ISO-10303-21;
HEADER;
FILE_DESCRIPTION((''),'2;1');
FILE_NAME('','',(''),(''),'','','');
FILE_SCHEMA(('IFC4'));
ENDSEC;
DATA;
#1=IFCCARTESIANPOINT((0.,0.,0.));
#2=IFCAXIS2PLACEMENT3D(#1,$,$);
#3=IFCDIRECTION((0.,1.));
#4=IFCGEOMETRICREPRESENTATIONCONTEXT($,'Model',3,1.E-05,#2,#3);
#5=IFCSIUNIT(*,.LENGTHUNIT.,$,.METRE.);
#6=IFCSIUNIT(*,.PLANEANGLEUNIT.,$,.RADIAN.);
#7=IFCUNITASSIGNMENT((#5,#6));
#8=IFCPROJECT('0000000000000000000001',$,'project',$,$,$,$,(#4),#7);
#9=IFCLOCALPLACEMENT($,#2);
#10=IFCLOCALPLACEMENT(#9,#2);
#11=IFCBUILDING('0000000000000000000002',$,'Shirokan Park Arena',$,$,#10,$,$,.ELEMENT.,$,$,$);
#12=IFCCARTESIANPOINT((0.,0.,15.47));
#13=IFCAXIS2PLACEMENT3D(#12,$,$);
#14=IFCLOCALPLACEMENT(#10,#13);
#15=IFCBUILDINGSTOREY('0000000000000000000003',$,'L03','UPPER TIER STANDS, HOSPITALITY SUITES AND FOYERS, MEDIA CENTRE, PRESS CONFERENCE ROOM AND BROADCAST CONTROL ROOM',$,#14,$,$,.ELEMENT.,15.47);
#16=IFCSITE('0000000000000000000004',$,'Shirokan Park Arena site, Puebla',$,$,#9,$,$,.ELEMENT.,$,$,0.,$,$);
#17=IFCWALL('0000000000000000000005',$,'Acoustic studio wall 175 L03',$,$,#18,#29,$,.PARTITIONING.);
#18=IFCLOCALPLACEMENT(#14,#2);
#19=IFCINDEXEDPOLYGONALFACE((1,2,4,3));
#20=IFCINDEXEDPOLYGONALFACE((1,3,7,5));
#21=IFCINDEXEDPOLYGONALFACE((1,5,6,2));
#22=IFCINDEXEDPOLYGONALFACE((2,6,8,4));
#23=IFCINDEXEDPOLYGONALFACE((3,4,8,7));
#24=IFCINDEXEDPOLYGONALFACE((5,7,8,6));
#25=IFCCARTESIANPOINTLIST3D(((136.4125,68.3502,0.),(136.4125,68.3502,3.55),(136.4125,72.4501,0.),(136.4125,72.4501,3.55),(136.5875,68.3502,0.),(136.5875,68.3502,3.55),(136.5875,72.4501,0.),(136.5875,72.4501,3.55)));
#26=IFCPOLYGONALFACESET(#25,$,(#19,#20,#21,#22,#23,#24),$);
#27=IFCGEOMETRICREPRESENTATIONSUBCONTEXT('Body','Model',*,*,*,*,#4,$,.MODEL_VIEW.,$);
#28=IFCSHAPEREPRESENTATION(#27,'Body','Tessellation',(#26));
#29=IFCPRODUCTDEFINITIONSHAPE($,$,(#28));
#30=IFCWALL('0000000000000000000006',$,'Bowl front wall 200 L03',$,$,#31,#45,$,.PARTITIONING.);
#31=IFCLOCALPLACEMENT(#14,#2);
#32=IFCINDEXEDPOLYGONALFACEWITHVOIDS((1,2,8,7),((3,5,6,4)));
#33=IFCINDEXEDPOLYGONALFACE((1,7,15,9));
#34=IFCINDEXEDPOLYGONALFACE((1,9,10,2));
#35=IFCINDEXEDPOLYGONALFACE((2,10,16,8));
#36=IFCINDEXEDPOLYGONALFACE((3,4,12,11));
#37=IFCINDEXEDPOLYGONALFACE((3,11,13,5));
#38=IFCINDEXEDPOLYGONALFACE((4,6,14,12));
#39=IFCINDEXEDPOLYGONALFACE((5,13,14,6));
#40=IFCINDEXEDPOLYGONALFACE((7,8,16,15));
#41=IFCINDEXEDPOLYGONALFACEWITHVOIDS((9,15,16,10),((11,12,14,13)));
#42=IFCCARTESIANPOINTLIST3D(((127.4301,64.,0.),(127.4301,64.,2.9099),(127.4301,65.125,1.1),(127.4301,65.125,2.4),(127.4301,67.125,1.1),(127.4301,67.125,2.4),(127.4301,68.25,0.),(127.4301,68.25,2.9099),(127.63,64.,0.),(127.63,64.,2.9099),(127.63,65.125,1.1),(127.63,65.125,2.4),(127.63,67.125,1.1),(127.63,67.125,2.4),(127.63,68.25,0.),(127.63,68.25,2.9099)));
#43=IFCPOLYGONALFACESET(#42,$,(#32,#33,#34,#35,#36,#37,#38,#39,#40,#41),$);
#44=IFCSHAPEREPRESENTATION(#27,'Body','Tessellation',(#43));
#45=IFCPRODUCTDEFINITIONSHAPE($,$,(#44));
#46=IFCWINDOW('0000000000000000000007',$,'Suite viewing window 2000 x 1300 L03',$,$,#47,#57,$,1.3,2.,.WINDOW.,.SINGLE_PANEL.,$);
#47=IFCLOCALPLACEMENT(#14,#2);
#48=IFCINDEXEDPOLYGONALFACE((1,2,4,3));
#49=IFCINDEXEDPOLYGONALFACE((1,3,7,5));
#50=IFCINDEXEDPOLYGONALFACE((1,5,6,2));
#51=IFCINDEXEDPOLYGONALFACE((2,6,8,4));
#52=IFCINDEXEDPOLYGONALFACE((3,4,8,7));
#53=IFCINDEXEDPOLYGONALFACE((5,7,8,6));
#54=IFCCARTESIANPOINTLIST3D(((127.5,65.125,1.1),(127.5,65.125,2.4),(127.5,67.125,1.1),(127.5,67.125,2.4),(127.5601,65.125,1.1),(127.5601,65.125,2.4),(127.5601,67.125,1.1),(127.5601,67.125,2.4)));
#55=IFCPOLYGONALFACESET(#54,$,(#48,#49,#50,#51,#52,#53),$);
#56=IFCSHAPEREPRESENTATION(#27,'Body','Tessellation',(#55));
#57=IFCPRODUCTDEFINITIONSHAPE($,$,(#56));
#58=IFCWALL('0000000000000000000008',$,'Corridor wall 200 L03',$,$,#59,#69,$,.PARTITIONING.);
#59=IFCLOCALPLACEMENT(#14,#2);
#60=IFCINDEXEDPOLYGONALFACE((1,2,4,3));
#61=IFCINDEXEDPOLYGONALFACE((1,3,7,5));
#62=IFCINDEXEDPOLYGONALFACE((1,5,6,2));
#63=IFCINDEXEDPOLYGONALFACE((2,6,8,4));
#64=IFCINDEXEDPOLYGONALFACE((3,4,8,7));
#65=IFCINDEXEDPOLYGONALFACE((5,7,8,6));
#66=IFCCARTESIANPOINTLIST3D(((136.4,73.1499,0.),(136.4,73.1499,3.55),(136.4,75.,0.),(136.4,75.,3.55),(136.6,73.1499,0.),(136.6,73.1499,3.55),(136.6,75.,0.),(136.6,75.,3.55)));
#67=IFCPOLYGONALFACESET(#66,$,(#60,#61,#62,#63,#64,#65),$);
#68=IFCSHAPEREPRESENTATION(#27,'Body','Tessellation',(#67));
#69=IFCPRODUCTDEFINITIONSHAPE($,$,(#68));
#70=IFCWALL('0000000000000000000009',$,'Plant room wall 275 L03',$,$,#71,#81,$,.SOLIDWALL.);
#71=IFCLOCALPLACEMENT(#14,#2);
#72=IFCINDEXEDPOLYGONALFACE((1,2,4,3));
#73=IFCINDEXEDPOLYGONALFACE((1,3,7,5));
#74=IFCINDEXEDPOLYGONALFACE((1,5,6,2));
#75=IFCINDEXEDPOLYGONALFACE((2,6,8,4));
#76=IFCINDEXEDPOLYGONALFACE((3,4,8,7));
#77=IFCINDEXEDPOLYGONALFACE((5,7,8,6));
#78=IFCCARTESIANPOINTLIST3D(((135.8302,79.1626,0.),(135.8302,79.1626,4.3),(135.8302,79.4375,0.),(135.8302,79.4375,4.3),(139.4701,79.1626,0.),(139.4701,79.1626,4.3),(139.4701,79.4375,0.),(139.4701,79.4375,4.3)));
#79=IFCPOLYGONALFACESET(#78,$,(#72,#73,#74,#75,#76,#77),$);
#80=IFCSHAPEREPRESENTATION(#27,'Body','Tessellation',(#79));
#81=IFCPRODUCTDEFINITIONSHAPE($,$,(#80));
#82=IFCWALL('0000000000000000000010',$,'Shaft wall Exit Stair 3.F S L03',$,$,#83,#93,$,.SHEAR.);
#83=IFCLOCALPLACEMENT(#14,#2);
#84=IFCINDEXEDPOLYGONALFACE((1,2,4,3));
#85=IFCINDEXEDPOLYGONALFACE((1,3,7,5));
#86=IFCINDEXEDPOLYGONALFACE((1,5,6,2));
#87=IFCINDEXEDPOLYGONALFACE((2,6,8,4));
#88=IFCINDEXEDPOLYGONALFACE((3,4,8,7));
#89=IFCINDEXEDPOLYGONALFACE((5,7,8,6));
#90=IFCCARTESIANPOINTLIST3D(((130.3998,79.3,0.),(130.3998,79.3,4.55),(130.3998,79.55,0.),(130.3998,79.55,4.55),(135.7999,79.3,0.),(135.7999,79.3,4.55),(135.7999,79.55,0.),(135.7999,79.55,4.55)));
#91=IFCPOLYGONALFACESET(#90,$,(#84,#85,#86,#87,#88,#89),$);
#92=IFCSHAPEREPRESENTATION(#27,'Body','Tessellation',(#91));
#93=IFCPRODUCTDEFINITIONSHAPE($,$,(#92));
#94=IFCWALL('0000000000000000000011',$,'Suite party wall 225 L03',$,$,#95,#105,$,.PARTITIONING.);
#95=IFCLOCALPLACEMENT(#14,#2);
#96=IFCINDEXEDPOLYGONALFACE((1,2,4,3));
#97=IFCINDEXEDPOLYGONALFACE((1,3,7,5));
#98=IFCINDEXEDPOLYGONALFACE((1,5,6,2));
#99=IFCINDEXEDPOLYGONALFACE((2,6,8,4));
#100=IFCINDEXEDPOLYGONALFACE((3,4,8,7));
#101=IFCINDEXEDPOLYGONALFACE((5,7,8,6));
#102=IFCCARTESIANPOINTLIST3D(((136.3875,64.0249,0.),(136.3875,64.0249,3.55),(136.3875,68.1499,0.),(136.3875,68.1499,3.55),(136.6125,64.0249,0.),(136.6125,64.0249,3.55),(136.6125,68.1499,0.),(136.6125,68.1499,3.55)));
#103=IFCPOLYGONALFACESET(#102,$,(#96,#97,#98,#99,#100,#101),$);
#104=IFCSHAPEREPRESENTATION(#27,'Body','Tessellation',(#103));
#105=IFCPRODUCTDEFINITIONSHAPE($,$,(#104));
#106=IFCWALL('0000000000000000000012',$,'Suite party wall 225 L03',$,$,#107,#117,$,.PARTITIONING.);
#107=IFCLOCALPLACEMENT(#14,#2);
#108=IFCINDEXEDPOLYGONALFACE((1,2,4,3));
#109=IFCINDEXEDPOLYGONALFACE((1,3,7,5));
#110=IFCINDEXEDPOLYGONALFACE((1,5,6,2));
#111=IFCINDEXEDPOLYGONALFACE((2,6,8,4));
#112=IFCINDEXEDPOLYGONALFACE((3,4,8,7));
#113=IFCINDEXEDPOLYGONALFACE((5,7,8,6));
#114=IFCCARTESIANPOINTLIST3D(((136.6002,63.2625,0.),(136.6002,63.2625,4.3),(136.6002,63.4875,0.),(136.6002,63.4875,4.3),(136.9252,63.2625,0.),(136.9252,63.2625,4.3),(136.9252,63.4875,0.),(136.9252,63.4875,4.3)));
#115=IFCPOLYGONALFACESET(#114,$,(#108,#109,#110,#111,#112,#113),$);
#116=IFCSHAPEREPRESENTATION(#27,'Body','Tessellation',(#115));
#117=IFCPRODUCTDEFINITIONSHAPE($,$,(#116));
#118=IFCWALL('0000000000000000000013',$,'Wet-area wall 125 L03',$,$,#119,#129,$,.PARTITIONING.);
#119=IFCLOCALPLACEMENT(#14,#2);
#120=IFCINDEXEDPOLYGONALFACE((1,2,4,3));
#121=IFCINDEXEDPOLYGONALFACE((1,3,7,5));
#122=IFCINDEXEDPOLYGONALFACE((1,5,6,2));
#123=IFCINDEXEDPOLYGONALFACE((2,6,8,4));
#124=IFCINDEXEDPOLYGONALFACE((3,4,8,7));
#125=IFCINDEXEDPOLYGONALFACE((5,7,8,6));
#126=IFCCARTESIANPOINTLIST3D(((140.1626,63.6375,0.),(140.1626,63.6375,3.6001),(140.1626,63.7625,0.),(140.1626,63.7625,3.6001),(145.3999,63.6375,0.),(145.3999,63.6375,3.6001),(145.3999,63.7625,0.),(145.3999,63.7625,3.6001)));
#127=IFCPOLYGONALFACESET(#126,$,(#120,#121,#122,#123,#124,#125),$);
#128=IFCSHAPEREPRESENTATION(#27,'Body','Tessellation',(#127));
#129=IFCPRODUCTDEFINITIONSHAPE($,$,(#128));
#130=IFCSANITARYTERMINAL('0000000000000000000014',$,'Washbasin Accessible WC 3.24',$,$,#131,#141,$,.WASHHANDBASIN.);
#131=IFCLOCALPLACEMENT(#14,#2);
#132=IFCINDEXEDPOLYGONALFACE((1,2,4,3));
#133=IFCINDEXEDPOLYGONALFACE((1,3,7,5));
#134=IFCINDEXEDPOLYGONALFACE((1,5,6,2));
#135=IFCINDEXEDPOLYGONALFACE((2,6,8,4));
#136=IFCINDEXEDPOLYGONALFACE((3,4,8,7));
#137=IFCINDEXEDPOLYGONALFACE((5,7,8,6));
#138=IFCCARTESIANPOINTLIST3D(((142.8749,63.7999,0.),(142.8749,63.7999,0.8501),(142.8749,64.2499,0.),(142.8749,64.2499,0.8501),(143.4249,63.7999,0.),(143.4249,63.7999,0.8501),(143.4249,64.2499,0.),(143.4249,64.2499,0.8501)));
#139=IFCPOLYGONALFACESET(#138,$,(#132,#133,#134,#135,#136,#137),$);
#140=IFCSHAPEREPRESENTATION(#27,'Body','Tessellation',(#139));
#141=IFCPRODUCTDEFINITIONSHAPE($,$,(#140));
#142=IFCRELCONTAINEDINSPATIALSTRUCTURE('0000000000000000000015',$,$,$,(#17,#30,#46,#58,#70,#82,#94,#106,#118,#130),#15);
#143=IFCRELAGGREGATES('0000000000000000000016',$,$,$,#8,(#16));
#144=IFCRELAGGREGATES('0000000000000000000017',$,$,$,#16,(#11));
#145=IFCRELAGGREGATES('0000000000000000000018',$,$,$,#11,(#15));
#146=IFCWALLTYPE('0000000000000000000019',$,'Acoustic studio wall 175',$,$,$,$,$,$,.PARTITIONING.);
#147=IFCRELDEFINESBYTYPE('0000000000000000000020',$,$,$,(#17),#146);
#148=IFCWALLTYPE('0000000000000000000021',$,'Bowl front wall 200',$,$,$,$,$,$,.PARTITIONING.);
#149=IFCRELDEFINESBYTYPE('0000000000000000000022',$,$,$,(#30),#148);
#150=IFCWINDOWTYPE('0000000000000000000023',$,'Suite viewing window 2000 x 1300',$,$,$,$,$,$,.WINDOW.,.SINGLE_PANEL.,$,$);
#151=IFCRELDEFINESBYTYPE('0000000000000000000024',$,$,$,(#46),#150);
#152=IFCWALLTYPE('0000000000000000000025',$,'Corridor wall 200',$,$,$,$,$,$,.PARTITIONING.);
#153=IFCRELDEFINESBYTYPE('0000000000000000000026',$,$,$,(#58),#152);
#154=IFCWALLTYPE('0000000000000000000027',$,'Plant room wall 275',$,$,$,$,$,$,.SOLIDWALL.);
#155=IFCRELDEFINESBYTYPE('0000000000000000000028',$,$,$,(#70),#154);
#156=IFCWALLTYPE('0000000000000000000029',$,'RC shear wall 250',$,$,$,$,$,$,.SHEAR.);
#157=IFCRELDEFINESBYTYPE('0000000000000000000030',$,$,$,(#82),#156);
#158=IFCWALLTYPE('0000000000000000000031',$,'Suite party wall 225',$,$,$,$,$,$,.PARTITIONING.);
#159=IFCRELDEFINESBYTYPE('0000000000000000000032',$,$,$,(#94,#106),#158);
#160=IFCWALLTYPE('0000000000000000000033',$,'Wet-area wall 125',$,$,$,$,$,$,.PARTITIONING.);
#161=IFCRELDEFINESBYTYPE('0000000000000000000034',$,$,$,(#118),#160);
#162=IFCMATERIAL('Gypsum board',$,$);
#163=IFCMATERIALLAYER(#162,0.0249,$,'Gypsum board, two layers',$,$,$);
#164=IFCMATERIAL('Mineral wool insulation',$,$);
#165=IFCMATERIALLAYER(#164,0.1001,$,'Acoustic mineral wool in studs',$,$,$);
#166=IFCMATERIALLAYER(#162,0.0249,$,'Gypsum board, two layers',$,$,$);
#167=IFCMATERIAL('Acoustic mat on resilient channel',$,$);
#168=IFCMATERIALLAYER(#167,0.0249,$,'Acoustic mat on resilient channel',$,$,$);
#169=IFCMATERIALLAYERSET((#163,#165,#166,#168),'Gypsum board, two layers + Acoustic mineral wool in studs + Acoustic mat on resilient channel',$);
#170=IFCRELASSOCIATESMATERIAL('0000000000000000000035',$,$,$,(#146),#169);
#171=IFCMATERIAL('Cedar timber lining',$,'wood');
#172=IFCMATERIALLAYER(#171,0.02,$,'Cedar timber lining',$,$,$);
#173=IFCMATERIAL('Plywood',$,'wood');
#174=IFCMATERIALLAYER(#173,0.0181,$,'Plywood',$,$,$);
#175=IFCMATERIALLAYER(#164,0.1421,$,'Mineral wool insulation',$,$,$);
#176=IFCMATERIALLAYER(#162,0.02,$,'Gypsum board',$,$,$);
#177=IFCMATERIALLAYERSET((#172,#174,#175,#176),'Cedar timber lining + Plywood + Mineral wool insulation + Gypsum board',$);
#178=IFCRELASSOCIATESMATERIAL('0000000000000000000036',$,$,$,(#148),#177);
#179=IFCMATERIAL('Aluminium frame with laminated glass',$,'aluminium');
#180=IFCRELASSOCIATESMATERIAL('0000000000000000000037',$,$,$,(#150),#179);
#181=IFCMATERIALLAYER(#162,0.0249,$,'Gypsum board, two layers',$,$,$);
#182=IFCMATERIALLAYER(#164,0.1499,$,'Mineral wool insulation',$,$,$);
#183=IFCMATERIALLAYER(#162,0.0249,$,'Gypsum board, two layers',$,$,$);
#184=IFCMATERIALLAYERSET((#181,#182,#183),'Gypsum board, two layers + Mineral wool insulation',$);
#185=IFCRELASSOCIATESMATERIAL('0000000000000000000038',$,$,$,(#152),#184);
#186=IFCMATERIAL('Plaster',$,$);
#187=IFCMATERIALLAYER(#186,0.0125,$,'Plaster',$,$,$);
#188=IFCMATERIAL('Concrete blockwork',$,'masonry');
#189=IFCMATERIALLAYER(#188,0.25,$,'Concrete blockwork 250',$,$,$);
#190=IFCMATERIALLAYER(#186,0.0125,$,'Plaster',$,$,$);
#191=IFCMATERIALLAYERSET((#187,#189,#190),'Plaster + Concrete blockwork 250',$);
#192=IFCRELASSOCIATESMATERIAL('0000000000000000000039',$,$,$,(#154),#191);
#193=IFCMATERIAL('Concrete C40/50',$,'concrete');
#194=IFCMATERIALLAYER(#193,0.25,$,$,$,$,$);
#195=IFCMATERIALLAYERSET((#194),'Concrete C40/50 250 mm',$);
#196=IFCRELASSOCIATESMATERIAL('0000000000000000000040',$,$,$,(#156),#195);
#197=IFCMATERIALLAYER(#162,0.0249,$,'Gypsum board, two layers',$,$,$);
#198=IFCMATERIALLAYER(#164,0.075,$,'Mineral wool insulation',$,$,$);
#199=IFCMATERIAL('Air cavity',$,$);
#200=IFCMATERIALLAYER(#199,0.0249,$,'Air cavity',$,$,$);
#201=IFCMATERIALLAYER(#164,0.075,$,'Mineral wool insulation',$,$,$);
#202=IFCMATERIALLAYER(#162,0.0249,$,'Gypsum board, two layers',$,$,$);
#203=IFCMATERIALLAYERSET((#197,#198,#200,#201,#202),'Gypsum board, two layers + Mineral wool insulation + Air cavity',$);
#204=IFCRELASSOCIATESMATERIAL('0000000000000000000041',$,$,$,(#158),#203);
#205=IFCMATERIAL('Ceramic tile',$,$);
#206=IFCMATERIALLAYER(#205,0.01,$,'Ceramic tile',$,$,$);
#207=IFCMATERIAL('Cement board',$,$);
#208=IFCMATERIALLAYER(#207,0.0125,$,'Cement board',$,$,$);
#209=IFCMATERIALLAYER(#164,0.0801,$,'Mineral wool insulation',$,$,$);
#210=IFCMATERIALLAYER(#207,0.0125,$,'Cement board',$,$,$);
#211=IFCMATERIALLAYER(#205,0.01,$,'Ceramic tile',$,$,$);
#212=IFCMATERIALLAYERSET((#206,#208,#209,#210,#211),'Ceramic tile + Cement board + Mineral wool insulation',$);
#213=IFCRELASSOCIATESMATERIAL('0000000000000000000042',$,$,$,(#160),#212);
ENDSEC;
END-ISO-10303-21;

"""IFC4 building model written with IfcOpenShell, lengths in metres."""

from ifc_helpers import new_model, si_unit, direction, frame, frame_2d, origin, origin_2d, place, context, subcontext, project, spatial, rectangle, extrude, material, layer, layer_set, type_object, element, fill, save


model = new_model("IFC4")

# Units and contexts
model_context = context("Model", 3, precision=1e-05, world=origin(), true_north=direction((0.0, 1.0)))
body_context = subcontext(model_context, "Body", "Model", "MODEL_VIEW")
ifc_project = project(units=[si_unit("LENGTHUNIT", "METRE"), si_unit("PLANEANGLEUNIT", "RADIAN")], contexts=[model_context])

# Site, building, storey
site_placement = place(None, origin())
site = spatial("IfcSite", under=ifc_project, at=site_placement, Name="Shirokan Park Arena site, Puebla", CompositionType="ELEMENT", RefElevation=0.0)
building_placement = place(site_placement, origin())
building = spatial("IfcBuilding", under=site, at=building_placement, Name="Shirokan Park Arena", CompositionType="ELEMENT")
storey_placement = place(building_placement, frame((0.0, 0.0, 15.47)))
storey = spatial("IfcBuildingStorey", under=building, at=storey_placement, Name="L03", Description="UPPER TIER STANDS, HOSPITALITY SUITES AND FOYERS, MEDIA CENTRE, PRESS CONFERENCE ROOM AND BROADCAST CONTROL ROOM", CompositionType="ELEMENT", Elevation=15.47)

# Shared definitions
ifc_material_1 = material(Name="Gypsum board")
ifc_layer_1 = layer(ifc_material_1, 0.0249, Name="Gypsum board, two layers")
ifc_material_2 = material(Name="Mineral wool insulation")
ifc_layer_2 = layer(ifc_material_2, 0.1001, Name="Acoustic mineral wool in studs")
ifc_layer_3 = layer(ifc_material_1, 0.0249, Name="Gypsum board, two layers")
ifc_material_3 = material(Name="Acoustic mat on resilient channel")
ifc_layer_4 = layer(ifc_material_3, 0.0249, Name="Acoustic mat on resilient channel")
ifc_layer_set_1 = layer_set([ifc_layer_1, ifc_layer_2, ifc_layer_3, ifc_layer_4], Name="Gypsum board, two layers + Acoustic mineral wool in studs + Acoustic mat on resilient channel")
wall_type_1 = type_object("IfcWallType", Name="Acoustic studio wall 175", PredefinedType="PARTITIONING", material=ifc_layer_set_1)

# Wall
wall_1_placement = place(storey_placement, frame((136.5, 72.45, 0.0), z_axis=(0.0, 0.0, 1.0), x_axis=(0.0, -1.0, 0.0)))
element("IfcWall", 1, at=wall_1_placement, inside=storey, type_object=wall_type_1, Name="Acoustic studio wall 175 L03", PredefinedType="PARTITIONING", context=body_context, shape_type="SweptSolid", body=[
    extrude(rectangle(XDim=4.0999, YDim=0.175, at=frame_2d((2.0498, 0.0))), origin(), (0.0, 0.0, 1.0), 3.55),
])

# Wall, opening, window
ifc_material_4 = material(Name="Cedar timber lining", Category="wood")
ifc_layer_5 = layer(ifc_material_4, 0.02, Name="Cedar timber lining")
ifc_material_5 = material(Name="Plywood", Category="wood")
ifc_layer_6 = layer(ifc_material_5, 0.0181, Name="Plywood")
ifc_layer_7 = layer(ifc_material_2, 0.1421, Name="Mineral wool insulation")
ifc_layer_8 = layer(ifc_material_1, 0.02, Name="Gypsum board")
ifc_layer_set_2 = layer_set([ifc_layer_5, ifc_layer_6, ifc_layer_7, ifc_layer_8], Name="Cedar timber lining + Plywood + Mineral wool insulation + Gypsum board")
wall_type_2 = type_object("IfcWallType", Name="Bowl front wall 200", PredefinedType="PARTITIONING", material=ifc_layer_set_2)
wall_2_placement = place(storey_placement, frame((127.53, 64.0, 0.0), z_axis=(0.0, 0.0, 1.0), x_axis=(0.0, 1.0, 0.0)))
wall_2 = element("IfcWall", 2, at=wall_2_placement, inside=storey, type_object=wall_type_2, Name="Bowl front wall 200 L03", PredefinedType="PARTITIONING", context=body_context, shape_type="SweptSolid", body=[
    extrude(rectangle(XDim=4.25, YDim=0.2, at=frame_2d((2.125, 0.0))), origin(), (0.0, 0.0, 1.0), 2.9099),
])
opening_1_placement = place(wall_2_placement, frame((1.125, 0.0, 1.1001)))
opening_1 = element("IfcOpeningElement", 3, at=opening_1_placement, cuts=wall_2, PredefinedType="OPENING", context=body_context, shape_type="SweptSolid", body=[
    extrude(rectangle(XDim=2.0, YDim=1.3, at=frame_2d((1.0, 0.6499))), frame((0.0, 0.1099, 0.0), z_axis=(0.0, -1.0, 0.0), x_axis=(1.0, 0.0, 0.0)), (0.0, 0.0, 1.0), 0.22),
])
ifc_material_6 = material(Name="Aluminium frame with laminated glass", Category="aluminium")
window_type = type_object("IfcWindowType", Name="Suite viewing window 2000 x 1300", PartitioningType="SINGLE_PANEL", PredefinedType="WINDOW", material=ifc_material_6)
window_placement = place(opening_1_placement, origin())
window = element("IfcWindow", 4, at=window_placement, inside=storey, type_object=window_type, Name="Suite viewing window 2000 x 1300 L03", OverallHeight=1.3, OverallWidth=2.0, PartitioningType="SINGLE_PANEL", PredefinedType="WINDOW", context=body_context, shape_type="SweptSolid", body=[
    extrude(rectangle(XDim=2.0, YDim=1.3, at=frame_2d((1.0, 0.6499))), frame((0.0, 0.03, 0.0), z_axis=(0.0, -1.0, 0.0), x_axis=(1.0, 0.0, 0.0)), (0.0, 0.0, 1.0), 0.0601),
])
fill(opening_1, window)

# Wall
ifc_layer_9 = layer(ifc_material_1, 0.0249, Name="Gypsum board, two layers")
ifc_layer_10 = layer(ifc_material_2, 0.1499, Name="Mineral wool insulation")
ifc_layer_11 = layer(ifc_material_1, 0.0249, Name="Gypsum board, two layers")
ifc_layer_set_3 = layer_set([ifc_layer_9, ifc_layer_10, ifc_layer_11], Name="Gypsum board, two layers + Mineral wool insulation")
wall_type_3 = type_object("IfcWallType", Name="Corridor wall 200", PredefinedType="PARTITIONING", material=ifc_layer_set_3)
wall_3_placement = place(storey_placement, frame((136.5, 75.0, 0.0), z_axis=(0.0, 0.0, 1.0), x_axis=(0.0, -1.0, 0.0)))
element("IfcWall", 5, at=wall_3_placement, inside=storey, type_object=wall_type_3, Name="Corridor wall 200 L03", PredefinedType="PARTITIONING", context=body_context, shape_type="SweptSolid", body=[
    extrude(rectangle(XDim=1.8501, YDim=0.2, at=frame_2d((0.925, 0.0))), origin(), (0.0, 0.0, 1.0), 3.55),
])

# Walls
ifc_material_7 = material(Name="Plaster")
ifc_layer_12 = layer(ifc_material_7, 0.0125, Name="Plaster")
ifc_material_8 = material(Name="Concrete blockwork", Category="masonry")
ifc_layer_13 = layer(ifc_material_8, 0.25, Name="Concrete blockwork 250")
ifc_layer_14 = layer(ifc_material_7, 0.0125, Name="Plaster")
ifc_layer_set_4 = layer_set([ifc_layer_12, ifc_layer_13, ifc_layer_14], Name="Plaster + Concrete blockwork 250")
wall_type_4 = type_object("IfcWallType", Name="Plant room wall 275", PredefinedType="SOLIDWALL", material=ifc_layer_set_4)
wall_4_placement = place(storey_placement, frame((139.47, 79.3, 0.0), z_axis=(0.0, 0.0, 1.0), x_axis=(-1.0, 0.0, 0.0)))
element("IfcWall", 6, at=wall_4_placement, inside=storey, type_object=wall_type_4, Name="Plant room wall 275 L03", PredefinedType="SOLIDWALL", context=body_context, shape_type="SweptSolid", body=[
    extrude(rectangle(XDim=3.6399, YDim=0.2749, at=frame_2d((1.8198, 0.0))), origin(), (0.0, 0.0, 1.0), 4.3),
])
ifc_material_9 = material(Name="Concrete C40/50", Category="concrete")
ifc_layer_15 = layer(ifc_material_9, 0.25)
ifc_layer_set_5 = layer_set([ifc_layer_15], Name="Concrete C40/50 250 mm")
wall_type_5 = type_object("IfcWallType", Name="RC shear wall 250", PredefinedType="SHEAR", material=ifc_layer_set_5)
wall_5_placement = place(storey_placement, frame((135.8, 79.425, 0.0), z_axis=(0.0, 0.0, 1.0), x_axis=(-1.0, 0.0, 0.0)))
element("IfcWall", 7, at=wall_5_placement, inside=storey, type_object=wall_type_5, Name="Shaft wall Exit Stair 3.F S L03", PredefinedType="SHEAR", context=body_context, shape_type="SweptSolid", body=[
    extrude(rectangle(XDim=5.4001, YDim=0.25, at=frame_2d((2.7002, 0.0))), origin(), (0.0, 0.0, 1.0), 4.55),
])
ifc_layer_16 = layer(ifc_material_1, 0.0249, Name="Gypsum board, two layers")
ifc_layer_17 = layer(ifc_material_2, 0.075, Name="Mineral wool insulation")
ifc_material_10 = material(Name="Air cavity")
ifc_layer_18 = layer(ifc_material_10, 0.0249, Name="Air cavity")
ifc_layer_19 = layer(ifc_material_2, 0.075, Name="Mineral wool insulation")
ifc_layer_20 = layer(ifc_material_1, 0.0249, Name="Gypsum board, two layers")
ifc_layer_set_6 = layer_set([ifc_layer_16, ifc_layer_17, ifc_layer_18, ifc_layer_19, ifc_layer_20], Name="Gypsum board, two layers + Mineral wool insulation + Air cavity")
wall_type_6 = type_object("IfcWallType", Name="Suite party wall 225", PredefinedType="PARTITIONING", material=ifc_layer_set_6)
wall_6_placement = place(storey_placement, frame((136.5, 64.0249, 0.0), z_axis=(0.0, 0.0, 1.0), x_axis=(0.0, 1.0, 0.0)))
element("IfcWall", 8, at=wall_6_placement, inside=storey, type_object=wall_type_6, Name="Suite party wall 225 L03", PredefinedType="PARTITIONING", context=body_context, shape_type="SweptSolid", body=[
    extrude(rectangle(XDim=4.125, YDim=0.2251, at=frame_2d((2.0625, 0.0))), origin(), (0.0, 0.0, 1.0), 3.55),
])
wall_7_placement = place(storey_placement, frame((136.6001, 63.375, 0.0), z_axis=(0.0, 0.0, 1.0), x_axis=(1.0, 0.0, 0.0)))
element("IfcWall", 9, at=wall_7_placement, inside=storey, type_object=wall_type_6, Name="Suite party wall 225 L03", PredefinedType="PARTITIONING", context=body_context, shape_type="SweptSolid", body=[
    extrude(rectangle(XDim=0.325, YDim=0.2251, at=frame_2d((0.1626, 0.0))), origin(), (0.0, 0.0, 1.0), 4.3),
])
ifc_material_11 = material(Name="Ceramic tile")
ifc_layer_21 = layer(ifc_material_11, 0.01, Name="Ceramic tile")
ifc_material_12 = material(Name="Cement board")
ifc_layer_22 = layer(ifc_material_12, 0.0125, Name="Cement board")
ifc_layer_23 = layer(ifc_material_2, 0.0801, Name="Mineral wool insulation")
ifc_layer_24 = layer(ifc_material_12, 0.0125, Name="Cement board")
ifc_layer_25 = layer(ifc_material_11, 0.01, Name="Ceramic tile")
ifc_layer_set_7 = layer_set([ifc_layer_21, ifc_layer_22, ifc_layer_23, ifc_layer_24, ifc_layer_25], Name="Ceramic tile + Cement board + Mineral wool insulation")
wall_type_7 = type_object("IfcWallType", Name="Wet-area wall 125", PredefinedType="PARTITIONING", material=ifc_layer_set_7)
wall_8_placement = place(storey_placement, frame((140.1626, 63.7, 0.0), z_axis=(0.0, 0.0, 1.0), x_axis=(1.0, 0.0, 0.0)))
element("IfcWall", 10, at=wall_8_placement, inside=storey, type_object=wall_type_7, Name="Wet-area wall 125 L03", PredefinedType="PARTITIONING", context=body_context, shape_type="SweptSolid", body=[
    extrude(rectangle(XDim=5.2373, YDim=0.125, at=frame_2d((2.6187, 0.0))), origin(), (0.0, 0.0, 1.0), 3.6001),
])

# Sanitary terminal
sanitary_terminal_placement = place(storey_placement, frame((143.1499, 64.0249, 0.0), z_axis=(0.0, 0.0, 1.0), x_axis=(1.0, 0.0, 0.0)))
element("IfcSanitaryTerminal", 11, at=sanitary_terminal_placement, inside=storey, Name="Washbasin Accessible WC 3.24", PredefinedType="WASHHANDBASIN", context=body_context, shape_type="SweptSolid", body=[
    extrude(rectangle(XDim=0.55, YDim=0.45, at=origin_2d()), origin(), (0.0, 0.0, 1.0), 0.8501),
])

save(model, "model.ifc")
